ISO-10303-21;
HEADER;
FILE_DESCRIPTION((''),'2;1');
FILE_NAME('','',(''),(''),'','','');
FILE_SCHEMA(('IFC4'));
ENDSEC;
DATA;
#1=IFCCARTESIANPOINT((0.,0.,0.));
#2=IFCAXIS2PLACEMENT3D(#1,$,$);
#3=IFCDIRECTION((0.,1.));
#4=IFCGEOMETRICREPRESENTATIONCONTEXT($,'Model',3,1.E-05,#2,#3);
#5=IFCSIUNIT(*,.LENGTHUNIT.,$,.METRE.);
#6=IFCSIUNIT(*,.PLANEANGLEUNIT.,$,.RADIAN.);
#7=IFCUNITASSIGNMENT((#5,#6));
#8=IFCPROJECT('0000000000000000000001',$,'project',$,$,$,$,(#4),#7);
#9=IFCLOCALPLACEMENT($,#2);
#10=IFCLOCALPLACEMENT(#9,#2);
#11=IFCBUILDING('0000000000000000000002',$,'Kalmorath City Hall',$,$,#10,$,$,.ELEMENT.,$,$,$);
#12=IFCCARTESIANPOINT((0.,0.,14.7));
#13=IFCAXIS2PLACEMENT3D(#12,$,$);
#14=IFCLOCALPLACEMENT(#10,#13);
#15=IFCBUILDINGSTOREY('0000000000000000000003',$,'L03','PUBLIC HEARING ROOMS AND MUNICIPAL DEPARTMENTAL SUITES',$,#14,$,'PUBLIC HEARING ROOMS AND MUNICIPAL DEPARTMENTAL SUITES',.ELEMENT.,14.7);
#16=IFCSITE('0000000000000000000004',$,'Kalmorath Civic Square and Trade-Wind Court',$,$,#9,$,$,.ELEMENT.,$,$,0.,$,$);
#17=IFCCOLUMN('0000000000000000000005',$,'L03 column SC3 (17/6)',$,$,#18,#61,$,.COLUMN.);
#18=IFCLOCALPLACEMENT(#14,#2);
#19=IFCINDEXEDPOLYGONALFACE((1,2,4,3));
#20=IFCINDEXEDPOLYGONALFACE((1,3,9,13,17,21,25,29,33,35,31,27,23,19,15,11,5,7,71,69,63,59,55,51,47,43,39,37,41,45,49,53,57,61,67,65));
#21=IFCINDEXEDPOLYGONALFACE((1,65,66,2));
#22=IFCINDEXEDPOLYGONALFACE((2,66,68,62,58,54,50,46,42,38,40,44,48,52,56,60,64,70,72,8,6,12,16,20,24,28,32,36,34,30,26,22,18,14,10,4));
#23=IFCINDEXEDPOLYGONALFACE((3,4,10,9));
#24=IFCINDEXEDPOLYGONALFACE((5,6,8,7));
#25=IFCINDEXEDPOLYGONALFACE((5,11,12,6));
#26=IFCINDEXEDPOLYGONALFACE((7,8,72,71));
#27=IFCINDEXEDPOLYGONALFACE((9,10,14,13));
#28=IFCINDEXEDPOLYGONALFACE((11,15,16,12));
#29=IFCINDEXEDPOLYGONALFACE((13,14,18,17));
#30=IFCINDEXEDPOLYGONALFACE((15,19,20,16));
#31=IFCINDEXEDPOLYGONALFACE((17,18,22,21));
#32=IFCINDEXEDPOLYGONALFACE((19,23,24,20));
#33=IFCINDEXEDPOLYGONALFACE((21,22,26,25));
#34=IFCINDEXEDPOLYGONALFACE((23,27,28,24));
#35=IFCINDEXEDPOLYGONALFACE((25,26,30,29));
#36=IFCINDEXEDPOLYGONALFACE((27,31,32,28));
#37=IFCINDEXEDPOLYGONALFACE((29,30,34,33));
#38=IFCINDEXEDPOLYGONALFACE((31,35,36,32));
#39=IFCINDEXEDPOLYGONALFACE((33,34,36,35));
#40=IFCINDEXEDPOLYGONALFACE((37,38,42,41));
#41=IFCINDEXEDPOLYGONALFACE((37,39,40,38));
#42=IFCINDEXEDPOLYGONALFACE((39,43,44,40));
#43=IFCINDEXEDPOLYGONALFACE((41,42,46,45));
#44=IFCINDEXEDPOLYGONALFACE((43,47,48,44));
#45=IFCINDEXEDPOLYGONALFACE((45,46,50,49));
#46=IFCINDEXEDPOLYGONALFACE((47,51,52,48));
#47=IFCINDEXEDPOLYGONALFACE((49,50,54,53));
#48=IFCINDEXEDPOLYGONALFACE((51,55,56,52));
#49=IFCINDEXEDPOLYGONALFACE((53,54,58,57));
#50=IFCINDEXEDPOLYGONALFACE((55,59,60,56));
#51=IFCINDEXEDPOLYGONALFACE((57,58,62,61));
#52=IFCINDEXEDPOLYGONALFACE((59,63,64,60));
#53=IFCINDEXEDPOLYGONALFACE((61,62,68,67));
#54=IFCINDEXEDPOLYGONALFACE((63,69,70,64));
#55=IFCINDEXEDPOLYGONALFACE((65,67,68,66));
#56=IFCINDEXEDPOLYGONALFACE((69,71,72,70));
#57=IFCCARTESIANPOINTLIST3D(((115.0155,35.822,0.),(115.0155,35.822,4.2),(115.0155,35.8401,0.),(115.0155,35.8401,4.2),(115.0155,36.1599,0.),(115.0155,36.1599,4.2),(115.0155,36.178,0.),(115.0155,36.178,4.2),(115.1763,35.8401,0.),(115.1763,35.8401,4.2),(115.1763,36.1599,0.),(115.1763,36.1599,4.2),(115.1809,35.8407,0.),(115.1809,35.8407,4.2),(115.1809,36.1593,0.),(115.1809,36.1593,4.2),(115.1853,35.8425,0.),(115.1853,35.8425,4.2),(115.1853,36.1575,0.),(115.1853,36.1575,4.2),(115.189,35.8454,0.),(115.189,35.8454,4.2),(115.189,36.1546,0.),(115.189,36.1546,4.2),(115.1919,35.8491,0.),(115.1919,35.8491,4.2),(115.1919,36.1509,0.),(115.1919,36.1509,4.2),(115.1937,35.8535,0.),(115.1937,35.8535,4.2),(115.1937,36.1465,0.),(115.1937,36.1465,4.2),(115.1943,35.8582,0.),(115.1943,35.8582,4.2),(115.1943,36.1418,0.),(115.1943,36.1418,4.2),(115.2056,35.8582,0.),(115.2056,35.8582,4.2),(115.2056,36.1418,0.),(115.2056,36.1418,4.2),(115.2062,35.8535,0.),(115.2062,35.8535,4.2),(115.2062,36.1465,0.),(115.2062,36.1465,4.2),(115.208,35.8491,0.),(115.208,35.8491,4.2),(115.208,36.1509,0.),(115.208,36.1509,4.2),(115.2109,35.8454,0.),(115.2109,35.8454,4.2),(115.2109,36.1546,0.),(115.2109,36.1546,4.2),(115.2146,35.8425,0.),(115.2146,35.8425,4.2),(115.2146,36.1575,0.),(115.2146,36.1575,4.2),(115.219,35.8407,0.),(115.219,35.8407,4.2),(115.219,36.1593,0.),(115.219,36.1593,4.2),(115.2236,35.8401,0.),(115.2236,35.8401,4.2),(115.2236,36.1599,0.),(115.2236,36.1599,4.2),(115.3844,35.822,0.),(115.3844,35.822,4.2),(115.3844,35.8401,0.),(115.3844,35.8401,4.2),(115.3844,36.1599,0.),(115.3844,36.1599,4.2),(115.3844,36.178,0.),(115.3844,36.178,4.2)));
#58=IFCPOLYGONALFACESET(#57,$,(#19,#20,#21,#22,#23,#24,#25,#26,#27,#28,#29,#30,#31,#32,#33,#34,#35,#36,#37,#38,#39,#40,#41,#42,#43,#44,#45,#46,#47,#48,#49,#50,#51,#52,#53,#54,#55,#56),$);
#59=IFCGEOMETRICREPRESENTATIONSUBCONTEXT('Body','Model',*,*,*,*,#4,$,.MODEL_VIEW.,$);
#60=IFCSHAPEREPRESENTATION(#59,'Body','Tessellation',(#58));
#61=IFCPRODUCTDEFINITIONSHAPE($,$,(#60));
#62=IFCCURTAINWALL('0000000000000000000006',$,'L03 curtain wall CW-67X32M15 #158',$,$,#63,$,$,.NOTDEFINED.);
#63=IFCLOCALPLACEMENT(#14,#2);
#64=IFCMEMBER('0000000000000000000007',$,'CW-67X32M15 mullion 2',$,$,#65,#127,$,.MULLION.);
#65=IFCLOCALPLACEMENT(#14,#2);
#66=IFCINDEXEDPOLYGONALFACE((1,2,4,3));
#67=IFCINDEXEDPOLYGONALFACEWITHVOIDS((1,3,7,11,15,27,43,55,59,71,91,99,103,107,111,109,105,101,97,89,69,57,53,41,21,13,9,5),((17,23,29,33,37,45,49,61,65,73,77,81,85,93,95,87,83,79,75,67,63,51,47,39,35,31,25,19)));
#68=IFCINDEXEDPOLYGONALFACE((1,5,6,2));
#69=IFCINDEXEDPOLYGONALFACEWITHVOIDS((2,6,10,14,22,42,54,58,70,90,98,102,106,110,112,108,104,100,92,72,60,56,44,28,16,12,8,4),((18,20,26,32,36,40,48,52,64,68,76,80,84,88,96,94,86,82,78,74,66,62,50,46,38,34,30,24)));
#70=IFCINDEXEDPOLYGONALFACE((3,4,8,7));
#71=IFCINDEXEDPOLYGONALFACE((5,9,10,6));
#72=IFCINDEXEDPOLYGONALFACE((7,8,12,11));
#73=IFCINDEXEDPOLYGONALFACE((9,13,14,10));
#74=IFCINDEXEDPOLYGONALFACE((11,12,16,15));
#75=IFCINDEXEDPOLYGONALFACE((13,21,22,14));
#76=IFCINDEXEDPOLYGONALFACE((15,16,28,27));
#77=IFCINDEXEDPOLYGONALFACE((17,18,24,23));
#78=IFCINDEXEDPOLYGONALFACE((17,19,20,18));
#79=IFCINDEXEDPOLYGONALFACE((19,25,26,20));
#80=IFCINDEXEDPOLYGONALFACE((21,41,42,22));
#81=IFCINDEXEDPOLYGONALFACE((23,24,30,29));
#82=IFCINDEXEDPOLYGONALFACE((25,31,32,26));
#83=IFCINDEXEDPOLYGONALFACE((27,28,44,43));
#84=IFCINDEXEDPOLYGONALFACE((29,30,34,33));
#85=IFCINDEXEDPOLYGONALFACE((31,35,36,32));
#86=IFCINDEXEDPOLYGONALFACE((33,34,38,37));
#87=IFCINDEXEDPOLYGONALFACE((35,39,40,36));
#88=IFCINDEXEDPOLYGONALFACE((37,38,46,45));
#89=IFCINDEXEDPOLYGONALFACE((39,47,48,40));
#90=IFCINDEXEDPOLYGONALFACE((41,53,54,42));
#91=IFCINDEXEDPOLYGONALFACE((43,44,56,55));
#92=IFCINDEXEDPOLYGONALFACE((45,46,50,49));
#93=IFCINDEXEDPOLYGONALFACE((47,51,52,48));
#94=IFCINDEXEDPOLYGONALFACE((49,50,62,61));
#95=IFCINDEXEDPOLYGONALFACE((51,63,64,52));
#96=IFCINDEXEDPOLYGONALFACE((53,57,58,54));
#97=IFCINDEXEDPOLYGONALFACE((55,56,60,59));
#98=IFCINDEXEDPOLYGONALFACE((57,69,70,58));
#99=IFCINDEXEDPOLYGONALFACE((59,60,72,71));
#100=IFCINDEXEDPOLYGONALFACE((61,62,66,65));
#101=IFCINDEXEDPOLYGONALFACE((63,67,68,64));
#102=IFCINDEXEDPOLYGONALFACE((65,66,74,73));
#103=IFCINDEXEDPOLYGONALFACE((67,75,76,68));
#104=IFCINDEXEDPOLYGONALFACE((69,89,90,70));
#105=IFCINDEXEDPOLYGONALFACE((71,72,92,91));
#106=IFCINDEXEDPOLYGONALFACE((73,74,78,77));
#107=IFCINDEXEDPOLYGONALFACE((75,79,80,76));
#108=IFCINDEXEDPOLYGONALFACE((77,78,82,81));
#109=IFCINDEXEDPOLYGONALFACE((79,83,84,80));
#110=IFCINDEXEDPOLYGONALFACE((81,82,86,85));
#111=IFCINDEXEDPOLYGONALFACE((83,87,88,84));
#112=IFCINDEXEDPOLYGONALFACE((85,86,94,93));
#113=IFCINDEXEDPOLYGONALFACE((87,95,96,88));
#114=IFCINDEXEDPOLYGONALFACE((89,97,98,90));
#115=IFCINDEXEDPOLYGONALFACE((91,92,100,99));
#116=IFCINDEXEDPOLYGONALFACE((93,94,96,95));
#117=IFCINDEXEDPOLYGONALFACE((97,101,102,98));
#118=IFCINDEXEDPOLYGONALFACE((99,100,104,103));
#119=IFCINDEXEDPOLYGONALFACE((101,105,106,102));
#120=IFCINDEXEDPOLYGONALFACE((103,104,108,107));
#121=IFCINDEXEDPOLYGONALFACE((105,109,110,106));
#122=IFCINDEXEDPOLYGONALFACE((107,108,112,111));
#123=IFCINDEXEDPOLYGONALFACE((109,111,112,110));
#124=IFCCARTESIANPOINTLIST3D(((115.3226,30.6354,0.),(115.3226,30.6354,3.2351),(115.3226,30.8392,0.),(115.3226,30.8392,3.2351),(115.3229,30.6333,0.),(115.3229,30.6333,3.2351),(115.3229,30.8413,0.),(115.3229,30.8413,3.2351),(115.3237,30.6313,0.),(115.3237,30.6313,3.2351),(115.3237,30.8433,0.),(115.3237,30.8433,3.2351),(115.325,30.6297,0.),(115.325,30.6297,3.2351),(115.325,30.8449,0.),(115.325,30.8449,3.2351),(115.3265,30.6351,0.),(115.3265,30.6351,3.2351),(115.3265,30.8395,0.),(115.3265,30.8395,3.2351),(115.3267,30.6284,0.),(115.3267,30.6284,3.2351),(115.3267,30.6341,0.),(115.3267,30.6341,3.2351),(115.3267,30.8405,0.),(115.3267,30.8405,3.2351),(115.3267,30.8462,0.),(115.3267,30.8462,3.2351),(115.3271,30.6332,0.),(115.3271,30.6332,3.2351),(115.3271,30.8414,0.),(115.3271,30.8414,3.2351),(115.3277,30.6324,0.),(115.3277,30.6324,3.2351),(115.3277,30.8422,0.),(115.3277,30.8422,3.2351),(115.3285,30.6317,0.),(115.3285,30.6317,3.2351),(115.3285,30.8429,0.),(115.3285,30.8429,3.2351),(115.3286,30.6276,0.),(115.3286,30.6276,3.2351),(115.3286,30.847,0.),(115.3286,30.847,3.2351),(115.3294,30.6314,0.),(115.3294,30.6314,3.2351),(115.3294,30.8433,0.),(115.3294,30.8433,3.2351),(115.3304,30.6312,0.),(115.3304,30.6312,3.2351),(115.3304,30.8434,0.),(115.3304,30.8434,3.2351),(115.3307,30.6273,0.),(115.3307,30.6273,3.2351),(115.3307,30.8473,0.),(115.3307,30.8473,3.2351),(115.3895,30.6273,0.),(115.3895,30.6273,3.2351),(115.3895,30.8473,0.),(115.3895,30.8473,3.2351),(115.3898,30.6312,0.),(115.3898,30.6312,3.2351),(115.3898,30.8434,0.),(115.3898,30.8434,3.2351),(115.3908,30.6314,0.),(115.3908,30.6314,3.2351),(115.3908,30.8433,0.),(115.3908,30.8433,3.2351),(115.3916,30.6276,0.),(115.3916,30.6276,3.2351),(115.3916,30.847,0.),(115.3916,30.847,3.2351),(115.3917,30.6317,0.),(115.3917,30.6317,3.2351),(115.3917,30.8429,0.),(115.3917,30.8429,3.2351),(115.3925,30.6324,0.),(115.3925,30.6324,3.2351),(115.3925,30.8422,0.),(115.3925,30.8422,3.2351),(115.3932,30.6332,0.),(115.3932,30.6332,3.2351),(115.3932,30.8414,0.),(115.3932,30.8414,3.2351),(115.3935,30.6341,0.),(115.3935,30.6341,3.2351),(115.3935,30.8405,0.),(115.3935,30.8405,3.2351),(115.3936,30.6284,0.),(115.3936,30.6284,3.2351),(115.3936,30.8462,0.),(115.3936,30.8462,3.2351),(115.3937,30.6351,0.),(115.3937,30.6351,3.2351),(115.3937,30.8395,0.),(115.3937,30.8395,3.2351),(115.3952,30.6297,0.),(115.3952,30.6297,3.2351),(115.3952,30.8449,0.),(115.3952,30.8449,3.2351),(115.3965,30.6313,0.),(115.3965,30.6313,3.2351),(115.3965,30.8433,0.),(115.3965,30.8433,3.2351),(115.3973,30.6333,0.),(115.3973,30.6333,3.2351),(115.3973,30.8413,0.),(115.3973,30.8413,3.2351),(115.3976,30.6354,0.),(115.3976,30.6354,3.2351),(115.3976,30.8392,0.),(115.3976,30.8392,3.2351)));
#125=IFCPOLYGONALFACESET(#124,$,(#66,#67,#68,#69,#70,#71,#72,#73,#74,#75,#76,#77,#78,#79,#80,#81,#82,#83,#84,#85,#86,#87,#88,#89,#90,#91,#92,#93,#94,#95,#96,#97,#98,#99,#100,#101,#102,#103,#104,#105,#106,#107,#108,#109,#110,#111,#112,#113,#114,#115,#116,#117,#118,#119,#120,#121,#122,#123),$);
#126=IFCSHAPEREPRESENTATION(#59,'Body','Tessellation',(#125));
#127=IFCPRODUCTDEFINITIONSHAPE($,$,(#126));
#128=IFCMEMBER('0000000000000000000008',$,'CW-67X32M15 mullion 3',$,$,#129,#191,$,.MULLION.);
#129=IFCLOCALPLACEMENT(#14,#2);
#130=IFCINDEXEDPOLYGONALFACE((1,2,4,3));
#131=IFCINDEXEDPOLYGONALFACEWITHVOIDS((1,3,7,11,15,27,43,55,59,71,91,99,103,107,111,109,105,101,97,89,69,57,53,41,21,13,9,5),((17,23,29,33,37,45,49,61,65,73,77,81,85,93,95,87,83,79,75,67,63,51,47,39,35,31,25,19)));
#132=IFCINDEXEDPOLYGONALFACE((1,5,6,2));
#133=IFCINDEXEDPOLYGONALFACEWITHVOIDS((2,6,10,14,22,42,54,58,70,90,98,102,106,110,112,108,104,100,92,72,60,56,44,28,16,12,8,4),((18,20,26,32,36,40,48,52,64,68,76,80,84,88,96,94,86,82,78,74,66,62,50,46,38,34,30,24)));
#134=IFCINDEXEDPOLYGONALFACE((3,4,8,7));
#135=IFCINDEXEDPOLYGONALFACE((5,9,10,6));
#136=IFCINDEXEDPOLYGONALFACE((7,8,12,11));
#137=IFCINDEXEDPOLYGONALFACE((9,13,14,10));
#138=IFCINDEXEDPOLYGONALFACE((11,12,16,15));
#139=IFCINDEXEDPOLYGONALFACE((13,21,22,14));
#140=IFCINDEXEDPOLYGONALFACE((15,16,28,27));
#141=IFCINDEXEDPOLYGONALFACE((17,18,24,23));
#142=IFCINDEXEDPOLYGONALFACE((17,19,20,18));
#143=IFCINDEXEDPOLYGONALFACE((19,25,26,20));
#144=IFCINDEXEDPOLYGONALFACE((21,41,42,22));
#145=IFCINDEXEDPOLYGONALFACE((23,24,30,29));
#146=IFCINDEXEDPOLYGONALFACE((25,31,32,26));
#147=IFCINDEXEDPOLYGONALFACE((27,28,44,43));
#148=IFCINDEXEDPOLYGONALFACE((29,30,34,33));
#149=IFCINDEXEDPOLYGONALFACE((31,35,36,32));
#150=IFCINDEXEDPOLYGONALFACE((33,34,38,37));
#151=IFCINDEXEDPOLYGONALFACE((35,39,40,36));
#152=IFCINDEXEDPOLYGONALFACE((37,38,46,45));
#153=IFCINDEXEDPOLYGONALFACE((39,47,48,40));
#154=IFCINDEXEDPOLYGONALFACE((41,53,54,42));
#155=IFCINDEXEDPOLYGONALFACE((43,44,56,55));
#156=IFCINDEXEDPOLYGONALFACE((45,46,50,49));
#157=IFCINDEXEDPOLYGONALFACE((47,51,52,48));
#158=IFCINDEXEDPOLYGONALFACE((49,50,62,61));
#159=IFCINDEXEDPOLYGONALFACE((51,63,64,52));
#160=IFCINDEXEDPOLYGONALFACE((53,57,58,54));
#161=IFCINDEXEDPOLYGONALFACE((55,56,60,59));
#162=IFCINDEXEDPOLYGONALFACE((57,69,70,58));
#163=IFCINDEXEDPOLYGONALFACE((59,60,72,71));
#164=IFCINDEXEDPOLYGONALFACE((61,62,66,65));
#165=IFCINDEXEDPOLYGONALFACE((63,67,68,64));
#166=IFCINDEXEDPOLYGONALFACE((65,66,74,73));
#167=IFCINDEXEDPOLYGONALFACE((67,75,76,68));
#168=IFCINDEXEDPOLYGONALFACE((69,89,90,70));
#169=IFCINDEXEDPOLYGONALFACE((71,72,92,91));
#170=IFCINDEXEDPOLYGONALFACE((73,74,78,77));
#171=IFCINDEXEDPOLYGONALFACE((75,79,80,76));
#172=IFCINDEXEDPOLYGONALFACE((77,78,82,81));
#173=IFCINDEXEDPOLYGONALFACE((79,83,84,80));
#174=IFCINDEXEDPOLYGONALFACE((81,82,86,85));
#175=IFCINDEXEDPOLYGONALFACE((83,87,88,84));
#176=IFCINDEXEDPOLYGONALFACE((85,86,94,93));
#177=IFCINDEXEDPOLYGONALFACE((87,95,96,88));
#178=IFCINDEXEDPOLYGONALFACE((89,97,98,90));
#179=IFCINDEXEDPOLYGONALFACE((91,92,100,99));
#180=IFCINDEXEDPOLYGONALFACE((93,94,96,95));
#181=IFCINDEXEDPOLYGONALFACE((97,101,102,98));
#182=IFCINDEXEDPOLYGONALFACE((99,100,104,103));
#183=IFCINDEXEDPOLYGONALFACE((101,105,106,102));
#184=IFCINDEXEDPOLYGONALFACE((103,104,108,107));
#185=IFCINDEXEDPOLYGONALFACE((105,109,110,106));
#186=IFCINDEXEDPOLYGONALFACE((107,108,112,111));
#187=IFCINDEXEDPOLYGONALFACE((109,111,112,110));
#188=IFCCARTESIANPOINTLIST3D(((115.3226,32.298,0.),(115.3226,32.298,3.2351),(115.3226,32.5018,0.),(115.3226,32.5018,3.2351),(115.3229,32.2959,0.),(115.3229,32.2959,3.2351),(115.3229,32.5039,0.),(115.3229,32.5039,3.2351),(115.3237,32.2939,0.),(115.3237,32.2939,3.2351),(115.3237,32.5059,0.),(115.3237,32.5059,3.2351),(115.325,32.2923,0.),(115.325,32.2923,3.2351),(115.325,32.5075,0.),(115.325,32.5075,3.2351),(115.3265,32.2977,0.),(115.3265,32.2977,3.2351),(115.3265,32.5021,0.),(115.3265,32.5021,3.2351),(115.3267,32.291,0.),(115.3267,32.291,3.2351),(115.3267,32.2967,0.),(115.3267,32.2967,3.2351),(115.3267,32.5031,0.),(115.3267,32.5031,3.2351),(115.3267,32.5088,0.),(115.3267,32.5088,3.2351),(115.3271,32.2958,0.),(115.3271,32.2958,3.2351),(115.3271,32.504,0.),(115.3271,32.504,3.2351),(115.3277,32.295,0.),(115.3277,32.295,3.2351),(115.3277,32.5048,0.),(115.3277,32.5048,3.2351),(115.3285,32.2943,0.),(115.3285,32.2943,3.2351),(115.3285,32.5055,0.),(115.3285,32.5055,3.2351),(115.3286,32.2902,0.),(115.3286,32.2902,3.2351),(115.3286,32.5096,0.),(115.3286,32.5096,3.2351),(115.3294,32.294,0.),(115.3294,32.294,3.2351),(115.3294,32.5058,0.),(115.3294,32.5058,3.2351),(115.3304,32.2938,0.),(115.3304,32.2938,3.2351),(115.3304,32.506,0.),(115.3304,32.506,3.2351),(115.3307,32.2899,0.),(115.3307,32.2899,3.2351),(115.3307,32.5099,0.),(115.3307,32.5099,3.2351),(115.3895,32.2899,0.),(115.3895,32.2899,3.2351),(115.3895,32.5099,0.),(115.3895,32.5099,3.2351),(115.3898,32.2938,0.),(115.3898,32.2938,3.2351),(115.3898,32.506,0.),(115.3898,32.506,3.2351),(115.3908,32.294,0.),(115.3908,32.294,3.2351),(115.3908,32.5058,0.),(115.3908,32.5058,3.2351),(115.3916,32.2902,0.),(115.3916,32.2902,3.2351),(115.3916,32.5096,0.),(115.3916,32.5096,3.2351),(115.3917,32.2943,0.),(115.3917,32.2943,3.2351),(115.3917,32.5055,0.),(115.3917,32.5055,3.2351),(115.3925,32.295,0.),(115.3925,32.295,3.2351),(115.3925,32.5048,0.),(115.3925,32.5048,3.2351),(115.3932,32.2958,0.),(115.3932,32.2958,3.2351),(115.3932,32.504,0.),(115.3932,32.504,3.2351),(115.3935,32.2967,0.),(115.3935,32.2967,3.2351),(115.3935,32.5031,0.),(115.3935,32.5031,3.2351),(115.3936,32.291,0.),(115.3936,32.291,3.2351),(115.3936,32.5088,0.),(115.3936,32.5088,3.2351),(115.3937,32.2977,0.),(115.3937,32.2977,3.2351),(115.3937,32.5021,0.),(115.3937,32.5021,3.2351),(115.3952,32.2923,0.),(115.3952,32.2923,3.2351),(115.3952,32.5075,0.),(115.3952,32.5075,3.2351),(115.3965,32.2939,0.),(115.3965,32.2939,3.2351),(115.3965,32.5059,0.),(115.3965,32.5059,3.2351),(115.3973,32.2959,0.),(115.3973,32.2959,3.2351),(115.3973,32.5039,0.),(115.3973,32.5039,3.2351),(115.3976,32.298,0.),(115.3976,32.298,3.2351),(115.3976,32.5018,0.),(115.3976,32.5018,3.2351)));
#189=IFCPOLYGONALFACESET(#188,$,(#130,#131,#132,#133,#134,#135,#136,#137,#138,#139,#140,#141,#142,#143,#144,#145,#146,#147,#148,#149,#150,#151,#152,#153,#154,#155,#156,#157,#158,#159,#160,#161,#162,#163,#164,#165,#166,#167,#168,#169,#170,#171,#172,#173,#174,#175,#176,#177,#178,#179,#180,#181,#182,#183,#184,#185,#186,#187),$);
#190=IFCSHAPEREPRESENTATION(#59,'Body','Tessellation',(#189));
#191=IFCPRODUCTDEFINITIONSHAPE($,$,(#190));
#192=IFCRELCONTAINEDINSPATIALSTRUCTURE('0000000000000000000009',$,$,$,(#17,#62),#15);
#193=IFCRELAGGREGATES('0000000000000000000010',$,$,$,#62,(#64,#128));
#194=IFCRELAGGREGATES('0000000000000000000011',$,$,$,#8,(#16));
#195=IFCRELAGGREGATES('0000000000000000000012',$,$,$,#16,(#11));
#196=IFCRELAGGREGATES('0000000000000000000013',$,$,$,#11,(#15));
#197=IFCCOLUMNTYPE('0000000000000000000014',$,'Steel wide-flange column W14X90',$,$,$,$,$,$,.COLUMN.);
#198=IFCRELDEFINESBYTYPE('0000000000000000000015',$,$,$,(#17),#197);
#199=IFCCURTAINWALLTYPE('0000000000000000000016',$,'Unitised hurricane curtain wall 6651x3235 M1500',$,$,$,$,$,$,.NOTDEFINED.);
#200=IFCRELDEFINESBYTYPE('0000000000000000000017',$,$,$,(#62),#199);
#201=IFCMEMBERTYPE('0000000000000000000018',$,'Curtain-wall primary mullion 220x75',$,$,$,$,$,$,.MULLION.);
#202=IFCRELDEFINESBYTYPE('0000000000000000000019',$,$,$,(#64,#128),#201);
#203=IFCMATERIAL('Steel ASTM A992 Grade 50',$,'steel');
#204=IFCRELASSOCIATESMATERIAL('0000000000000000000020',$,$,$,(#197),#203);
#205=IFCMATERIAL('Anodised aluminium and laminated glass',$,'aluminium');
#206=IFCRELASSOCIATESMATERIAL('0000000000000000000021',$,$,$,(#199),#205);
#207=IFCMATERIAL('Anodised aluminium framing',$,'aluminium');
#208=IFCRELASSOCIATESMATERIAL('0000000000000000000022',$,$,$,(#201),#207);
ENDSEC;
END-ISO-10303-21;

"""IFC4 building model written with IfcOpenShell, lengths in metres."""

from ifc_helpers import new_model, si_unit, direction, frame, origin, origin_2d, place, context, subcontext, project, spatial, hollow_rectangle, i_section, extrude, material, material_profile, profile_set, type_object, element, aggregate, save


model = new_model("IFC4")

# Units and contexts
model_context = context("Model", 3, precision=1e-05, world=origin(), true_north=direction((0.0, 1.0)))
body_context = subcontext(model_context, "Body", "Model", "MODEL_VIEW")
ifc_project = project(units=[si_unit("LENGTHUNIT", "METRE"), si_unit("PLANEANGLEUNIT", "RADIAN")], contexts=[model_context])

# Site, building, storey
site_placement = place(None, origin())
site = spatial("IfcSite", under=ifc_project, at=site_placement, Name="Kalmorath Civic Square and Trade-Wind Court", CompositionType="ELEMENT", RefElevation=0.0)
building_placement = place(site_placement, origin())
building = spatial("IfcBuilding", under=site, at=building_placement, Name="Kalmorath City Hall", CompositionType="ELEMENT")
storey_placement = place(building_placement, frame((0.0, 0.0, 14.7)))
storey = spatial("IfcBuildingStorey", under=building, at=storey_placement, Name="L03", Description="PUBLIC HEARING ROOMS AND MUNICIPAL DEPARTMENTAL SUITES", LongName="PUBLIC HEARING ROOMS AND MUNICIPAL DEPARTMENTAL SUITES", CompositionType="ELEMENT", Elevation=14.7)

# Column
ifc_material_1 = material(Name="Steel ASTM A992 Grade 50", Category="steel")
ifc_material_profile_1 = material_profile(ifc_material_1, i_section(OverallWidth=0.3689, OverallDepth=0.356, WebThickness=0.0112, FlangeThickness=0.0181, FilletRadius=0.0181, at=origin_2d()), Name="W14X90")
ifc_profile_set_1 = profile_set([ifc_material_profile_1], Name="Steel ASTM A992 Grade 50")
column_type = type_object("IfcColumnType", Name="Steel wide-flange column W14X90", PredefinedType="COLUMN", material=ifc_profile_set_1)
column_placement = place(storey_placement, frame((115.2, 36.0, 0.0), z_axis=(0.0, 0.0, 1.0), x_axis=(1.0, 0.0, 0.0)))
element("IfcColumn", 1, at=column_placement, inside=storey, type_object=column_type, Name="L03 column SC3 (17/6)", PredefinedType="COLUMN", context=body_context, shape_type="SweptSolid", body=[
    extrude(i_section(OverallWidth=0.3689, OverallDepth=0.356, WebThickness=0.0112, FlangeThickness=0.0181, FilletRadius=0.0181, at=origin_2d()), origin(), (0.0, 0.0, 1.0), 4.2),
])

# Curtain wall, members
ifc_material_2 = material(Name="Anodised aluminium and laminated glass", Category="aluminium")
curtain_wall_type = type_object("IfcCurtainWallType", Name="Unitised hurricane curtain wall 6651x3235 M1500", PredefinedType="NOTDEFINED", material=ifc_material_2)
curtain_wall_placement = place(storey_placement, origin())
curtain_wall = element("IfcCurtainWall", 2, at=curtain_wall_placement, inside=storey, type_object=curtain_wall_type, Name="L03 curtain wall CW-67X32M15 #158", PredefinedType="NOTDEFINED")
ifc_material_3 = material(Name="Anodised aluminium framing", Category="aluminium")
ifc_material_profile_2 = material_profile(ifc_material_3, hollow_rectangle(XDim=0.075, YDim=0.22, WallThickness=0.0039, InnerFilletRadius=0.0039, OuterFilletRadius=0.0081, at=origin_2d()), Name="ALU-MUL-220X75X4")
ifc_profile_set_2 = profile_set([ifc_material_profile_2], Name="Anodised aluminium framing")
member_type_1 = type_object("IfcMemberType", Name="Curtain-wall primary mullion 220x75", PredefinedType="MULLION", material=ifc_profile_set_2)
member_1_placement = place(storey_placement, frame((115.3601, 30.7373, 0.0), z_axis=(0.0, 0.0, 1.0), x_axis=(-1.0, 0.0, 0.0)))
member_1 = element("IfcMember", 3, at=member_1_placement, type_object=member_type_1, Name="CW-67X32M15 mullion 2", PredefinedType="MULLION", context=body_context, shape_type="SweptSolid", body=[
    extrude(hollow_rectangle(XDim=0.075, YDim=0.22, WallThickness=0.0039, InnerFilletRadius=0.0039, OuterFilletRadius=0.0081, at=origin_2d()), origin(), (0.0, 0.0, 1.0), 3.2351),
])
member_2_placement = place(storey_placement, frame((115.3601, 32.3999, 0.0), z_axis=(0.0, 0.0, 1.0), x_axis=(-1.0, 0.0, 0.0)))
member_2 = element("IfcMember", 4, at=member_2_placement, type_object=member_type_1, Name="CW-67X32M15 mullion 3", PredefinedType="MULLION", context=body_context, shape_type="SweptSolid", body=[
    extrude(hollow_rectangle(XDim=0.075, YDim=0.22, WallThickness=0.0039, InnerFilletRadius=0.0039, OuterFilletRadius=0.0081, at=origin_2d()), origin(), (0.0, 0.0, 1.0), 3.2351),
])
aggregate(curtain_wall, [member_1, member_2])

save(model, "model.ifc")
